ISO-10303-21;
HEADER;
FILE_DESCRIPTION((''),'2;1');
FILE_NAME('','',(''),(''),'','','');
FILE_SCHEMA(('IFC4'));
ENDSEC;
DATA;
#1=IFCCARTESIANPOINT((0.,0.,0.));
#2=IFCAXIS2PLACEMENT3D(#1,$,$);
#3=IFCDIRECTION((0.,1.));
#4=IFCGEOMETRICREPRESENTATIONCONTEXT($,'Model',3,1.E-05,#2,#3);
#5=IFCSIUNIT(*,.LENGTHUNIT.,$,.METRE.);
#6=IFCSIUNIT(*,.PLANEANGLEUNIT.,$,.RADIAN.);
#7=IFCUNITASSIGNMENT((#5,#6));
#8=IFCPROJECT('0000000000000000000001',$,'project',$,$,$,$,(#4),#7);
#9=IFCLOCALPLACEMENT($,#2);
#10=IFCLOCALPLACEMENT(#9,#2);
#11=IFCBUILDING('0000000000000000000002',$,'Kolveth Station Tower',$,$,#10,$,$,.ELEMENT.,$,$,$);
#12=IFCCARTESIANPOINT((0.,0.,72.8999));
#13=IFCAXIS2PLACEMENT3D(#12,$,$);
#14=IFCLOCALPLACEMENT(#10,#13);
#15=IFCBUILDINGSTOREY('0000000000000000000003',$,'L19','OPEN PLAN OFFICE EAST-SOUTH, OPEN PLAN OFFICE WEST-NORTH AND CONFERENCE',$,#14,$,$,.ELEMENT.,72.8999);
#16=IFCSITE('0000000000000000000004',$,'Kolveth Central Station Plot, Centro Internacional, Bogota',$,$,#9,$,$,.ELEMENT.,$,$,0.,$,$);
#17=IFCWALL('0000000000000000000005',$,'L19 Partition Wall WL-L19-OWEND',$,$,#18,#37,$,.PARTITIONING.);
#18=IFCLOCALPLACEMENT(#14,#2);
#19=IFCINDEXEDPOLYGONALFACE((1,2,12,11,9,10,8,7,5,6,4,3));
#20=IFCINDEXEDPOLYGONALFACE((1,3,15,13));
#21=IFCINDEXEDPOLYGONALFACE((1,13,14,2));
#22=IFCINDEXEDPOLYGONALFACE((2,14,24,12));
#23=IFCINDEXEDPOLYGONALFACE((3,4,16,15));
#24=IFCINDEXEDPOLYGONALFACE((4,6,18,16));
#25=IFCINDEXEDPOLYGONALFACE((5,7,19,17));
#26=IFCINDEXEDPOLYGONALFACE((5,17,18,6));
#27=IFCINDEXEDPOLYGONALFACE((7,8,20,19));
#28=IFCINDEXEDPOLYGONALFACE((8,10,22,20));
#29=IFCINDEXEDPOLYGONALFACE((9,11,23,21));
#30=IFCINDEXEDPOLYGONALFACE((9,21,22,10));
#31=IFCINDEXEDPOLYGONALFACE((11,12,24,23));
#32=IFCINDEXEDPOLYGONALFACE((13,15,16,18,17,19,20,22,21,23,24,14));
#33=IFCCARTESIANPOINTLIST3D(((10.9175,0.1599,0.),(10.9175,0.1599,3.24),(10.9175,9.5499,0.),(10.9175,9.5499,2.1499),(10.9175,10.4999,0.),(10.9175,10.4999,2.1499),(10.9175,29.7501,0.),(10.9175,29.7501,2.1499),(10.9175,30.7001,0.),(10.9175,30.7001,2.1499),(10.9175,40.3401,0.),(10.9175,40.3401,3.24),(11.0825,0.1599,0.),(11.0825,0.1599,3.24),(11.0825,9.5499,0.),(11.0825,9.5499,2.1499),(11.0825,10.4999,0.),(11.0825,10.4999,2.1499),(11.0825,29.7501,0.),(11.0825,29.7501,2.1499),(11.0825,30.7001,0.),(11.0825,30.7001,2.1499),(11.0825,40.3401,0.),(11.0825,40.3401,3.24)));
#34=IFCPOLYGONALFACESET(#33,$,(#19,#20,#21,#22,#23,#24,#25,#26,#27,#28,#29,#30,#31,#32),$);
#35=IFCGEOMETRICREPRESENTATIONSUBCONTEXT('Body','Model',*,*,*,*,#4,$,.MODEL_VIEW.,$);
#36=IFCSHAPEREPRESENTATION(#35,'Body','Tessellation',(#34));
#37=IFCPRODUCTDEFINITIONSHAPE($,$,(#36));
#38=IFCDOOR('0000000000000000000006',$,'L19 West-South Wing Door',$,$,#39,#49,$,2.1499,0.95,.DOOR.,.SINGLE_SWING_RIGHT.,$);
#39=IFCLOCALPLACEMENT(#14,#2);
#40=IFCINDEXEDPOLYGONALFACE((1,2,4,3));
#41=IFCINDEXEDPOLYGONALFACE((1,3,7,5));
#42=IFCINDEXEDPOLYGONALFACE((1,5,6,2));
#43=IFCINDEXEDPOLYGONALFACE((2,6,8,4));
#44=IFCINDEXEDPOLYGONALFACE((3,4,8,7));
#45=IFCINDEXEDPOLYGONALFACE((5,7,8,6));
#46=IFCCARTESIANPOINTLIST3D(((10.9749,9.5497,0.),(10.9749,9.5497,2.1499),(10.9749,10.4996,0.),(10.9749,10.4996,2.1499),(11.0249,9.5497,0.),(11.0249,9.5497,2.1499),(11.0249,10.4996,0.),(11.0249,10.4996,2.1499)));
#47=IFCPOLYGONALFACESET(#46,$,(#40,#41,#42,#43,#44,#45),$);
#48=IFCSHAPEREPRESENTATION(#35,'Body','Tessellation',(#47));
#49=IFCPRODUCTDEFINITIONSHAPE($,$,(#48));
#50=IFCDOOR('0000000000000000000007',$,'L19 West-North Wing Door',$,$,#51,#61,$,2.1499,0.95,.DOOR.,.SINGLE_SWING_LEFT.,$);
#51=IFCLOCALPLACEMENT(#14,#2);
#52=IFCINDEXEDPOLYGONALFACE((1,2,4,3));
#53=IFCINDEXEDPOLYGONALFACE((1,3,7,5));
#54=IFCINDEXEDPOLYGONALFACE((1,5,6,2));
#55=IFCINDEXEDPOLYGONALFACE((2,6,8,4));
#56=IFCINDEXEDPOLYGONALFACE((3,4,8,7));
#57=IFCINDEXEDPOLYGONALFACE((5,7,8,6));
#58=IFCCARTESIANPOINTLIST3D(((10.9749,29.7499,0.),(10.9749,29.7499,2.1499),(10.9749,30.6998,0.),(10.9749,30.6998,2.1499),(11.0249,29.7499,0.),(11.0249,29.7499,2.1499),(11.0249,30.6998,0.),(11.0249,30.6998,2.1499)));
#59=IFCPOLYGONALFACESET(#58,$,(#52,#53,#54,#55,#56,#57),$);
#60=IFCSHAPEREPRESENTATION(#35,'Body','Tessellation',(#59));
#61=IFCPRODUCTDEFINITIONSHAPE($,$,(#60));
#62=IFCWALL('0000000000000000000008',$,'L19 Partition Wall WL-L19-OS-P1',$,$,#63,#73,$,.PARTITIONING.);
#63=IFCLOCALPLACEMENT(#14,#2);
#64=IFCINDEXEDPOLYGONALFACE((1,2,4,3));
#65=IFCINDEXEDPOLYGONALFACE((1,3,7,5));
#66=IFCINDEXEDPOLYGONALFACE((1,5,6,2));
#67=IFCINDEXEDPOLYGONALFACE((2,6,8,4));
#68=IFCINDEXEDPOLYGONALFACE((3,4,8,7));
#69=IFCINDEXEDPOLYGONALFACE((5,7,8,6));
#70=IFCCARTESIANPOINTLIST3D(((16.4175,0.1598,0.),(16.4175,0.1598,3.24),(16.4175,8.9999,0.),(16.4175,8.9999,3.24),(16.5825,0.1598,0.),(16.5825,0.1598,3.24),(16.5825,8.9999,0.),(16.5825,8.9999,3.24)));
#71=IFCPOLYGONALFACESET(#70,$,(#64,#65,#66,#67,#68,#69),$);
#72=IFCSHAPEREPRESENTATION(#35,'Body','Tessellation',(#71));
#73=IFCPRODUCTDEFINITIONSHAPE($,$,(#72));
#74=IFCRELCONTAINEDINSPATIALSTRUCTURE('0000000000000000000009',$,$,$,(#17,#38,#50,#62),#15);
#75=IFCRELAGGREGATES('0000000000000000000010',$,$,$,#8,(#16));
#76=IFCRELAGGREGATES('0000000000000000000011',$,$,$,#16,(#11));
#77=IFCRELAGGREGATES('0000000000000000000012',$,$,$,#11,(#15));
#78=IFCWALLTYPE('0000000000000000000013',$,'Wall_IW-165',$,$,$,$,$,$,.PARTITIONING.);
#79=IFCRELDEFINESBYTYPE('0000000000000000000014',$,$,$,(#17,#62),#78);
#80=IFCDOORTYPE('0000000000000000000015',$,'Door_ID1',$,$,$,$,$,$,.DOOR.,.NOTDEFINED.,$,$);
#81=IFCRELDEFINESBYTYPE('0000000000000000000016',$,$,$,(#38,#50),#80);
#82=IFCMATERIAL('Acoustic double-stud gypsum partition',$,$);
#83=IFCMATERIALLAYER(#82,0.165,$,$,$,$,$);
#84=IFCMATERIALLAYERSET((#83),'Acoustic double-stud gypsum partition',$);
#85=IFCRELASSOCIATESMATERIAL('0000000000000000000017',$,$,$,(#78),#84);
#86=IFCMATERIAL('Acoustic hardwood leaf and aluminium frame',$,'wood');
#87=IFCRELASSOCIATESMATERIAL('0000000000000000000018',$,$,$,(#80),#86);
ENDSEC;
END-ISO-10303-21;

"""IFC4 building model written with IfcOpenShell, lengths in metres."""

from ifc_helpers import new_model, si_unit, direction, frame, frame_2d, origin, place, context, subcontext, project, spatial, rectangle, extrude, material, layer, layer_set, type_object, element, fill, save


model = new_model("IFC4")

# Units and contexts
model_context = context("Model", 3, precision=1e-05, world=origin(), true_north=direction((0.0, 1.0)))
body_context = subcontext(model_context, "Body", "Model", "MODEL_VIEW")
ifc_project = project(units=[si_unit("LENGTHUNIT", "METRE"), si_unit("PLANEANGLEUNIT", "RADIAN")], contexts=[model_context])

# Site, building, storey
site_placement = place(None, origin())
site = spatial("IfcSite", under=ifc_project, at=site_placement, Name="Kolveth Central Station Plot, Centro Internacional, Bogota", CompositionType="ELEMENT", RefElevation=0.0)
building_placement = place(site_placement, origin())
building = spatial("IfcBuilding", under=site, at=building_placement, Name="Kolveth Station Tower", CompositionType="ELEMENT")
storey_placement = place(building_placement, frame((0.0, 0.0, 72.8999)))
storey = spatial("IfcBuildingStorey", under=building, at=storey_placement, Name="L19", Description="OPEN PLAN OFFICE EAST-SOUTH, OPEN PLAN OFFICE WEST-NORTH AND CONFERENCE", CompositionType="ELEMENT", Elevation=72.8999)

# Wall, openings, doors
ifc_material_1 = material(Name="Acoustic double-stud gypsum partition")
ifc_layer_1 = layer(ifc_material_1, 0.165)
ifc_layer_set_1 = layer_set([ifc_layer_1], Name="Acoustic double-stud gypsum partition")
wall_type = type_object("IfcWallType", Name="Wall_IW-165", PredefinedType="PARTITIONING", material=ifc_layer_set_1)
wall_1_placement = place(storey_placement, frame((11.0, 0.1599, 0.0), z_axis=(0.0, 0.0, 1.0), x_axis=(0.0, 1.0, 0.0)))
wall_1 = element("IfcWall", 1, at=wall_1_placement, inside=storey, type_object=wall_type, Name="L19 Partition Wall WL-L19-OWEND", PredefinedType="PARTITIONING", context=body_context, shape_type="SweptSolid", body=[
    extrude(rectangle(XDim=40.1802, YDim=0.165, at=frame_2d((20.0901, 0.0))), origin(), (0.0, 0.0, 1.0), 3.24),
])
opening_1_placement = place(wall_1_placement, frame((9.3899, 0.0, 0.0)))
opening_1 = element("IfcOpeningElement", 2, at=opening_1_placement, cuts=wall_1, PredefinedType="OPENING", context=body_context, shape_type="SweptSolid", body=[
    extrude(rectangle(XDim=0.95, YDim=2.1499, at=frame_2d((0.4751, 1.075))), frame((0.0, 0.0925, 0.0), z_axis=(0.0, -1.0, 0.0), x_axis=(1.0, 0.0, 0.0)), (0.0, 0.0, 1.0), 0.1851),
])
opening_2_placement = place(wall_1_placement, frame((29.5901, 0.0, 0.0)))
opening_2 = element("IfcOpeningElement", 3, at=opening_2_placement, cuts=wall_1, PredefinedType="OPENING", context=body_context, shape_type="SweptSolid", body=[
    extrude(rectangle(XDim=0.95, YDim=2.1499, at=frame_2d((0.4751, 1.075))), frame((0.0, 0.0925, 0.0), z_axis=(0.0, -1.0, 0.0), x_axis=(1.0, 0.0, 0.0)), (0.0, 0.0, 1.0), 0.1851),
])
ifc_material_2 = material(Name="Acoustic hardwood leaf and aluminium frame", Category="wood")
door_type = type_object("IfcDoorType", Name="Door_ID1", OperationType="NOTDEFINED", PredefinedType="DOOR", material=ifc_material_2)
door_1_placement = place(opening_1_placement, frame((0.95, 0.0, 0.0), z_axis=(0.0, 0.0, 1.0), x_axis=(-1.0, 0.0, 0.0)))
door_1 = element("IfcDoor", 4, at=door_1_placement, inside=storey, type_object=door_type, Name="L19 West-South Wing Door", OperationType="SINGLE_SWING_RIGHT", OverallHeight=2.1499, OverallWidth=0.95, PredefinedType="DOOR", context=body_context, shape_type="SweptSolid", body=[
    extrude(rectangle(XDim=0.95, YDim=2.1499, at=frame_2d((0.4751, 1.075))), frame((0.0, 0.0249, 0.0), z_axis=(0.0, -1.0, 0.0), x_axis=(1.0, 0.0, 0.0)), (0.0, 0.0, 1.0), 0.05),
])
fill(opening_1, door_1)
door_2_placement = place(opening_2_placement, frame((0.95, 0.0, 0.0), z_axis=(0.0, 0.0, 1.0), x_axis=(-1.0, 0.0, 0.0)))
door_2 = element("IfcDoor", 5, at=door_2_placement, inside=storey, type_object=door_type, Name="L19 West-North Wing Door", OperationType="SINGLE_SWING_LEFT", OverallHeight=2.1499, OverallWidth=0.95, PredefinedType="DOOR", context=body_context, shape_type="SweptSolid", body=[
    extrude(rectangle(XDim=0.95, YDim=2.1499, at=frame_2d((0.4751, 1.075))), frame((0.0, 0.0249, 0.0), z_axis=(0.0, -1.0, 0.0), x_axis=(1.0, 0.0, 0.0)), (0.0, 0.0, 1.0), 0.05),
])
fill(opening_2, door_2)

# Wall
wall_2_placement = place(storey_placement, frame((16.5, 0.1599, 0.0), z_axis=(0.0, 0.0, 1.0), x_axis=(0.0, 1.0, 0.0)))
element("IfcWall", 6, at=wall_2_placement, inside=storey, type_object=wall_type, Name="L19 Partition Wall WL-L19-OS-P1", PredefinedType="PARTITIONING", context=body_context, shape_type="SweptSolid", body=[
    extrude(rectangle(XDim=8.8401, YDim=0.165, at=frame_2d((4.4199, 0.0))), origin(), (0.0, 0.0, 1.0), 3.24),
])

save(model, "model.ifc")
